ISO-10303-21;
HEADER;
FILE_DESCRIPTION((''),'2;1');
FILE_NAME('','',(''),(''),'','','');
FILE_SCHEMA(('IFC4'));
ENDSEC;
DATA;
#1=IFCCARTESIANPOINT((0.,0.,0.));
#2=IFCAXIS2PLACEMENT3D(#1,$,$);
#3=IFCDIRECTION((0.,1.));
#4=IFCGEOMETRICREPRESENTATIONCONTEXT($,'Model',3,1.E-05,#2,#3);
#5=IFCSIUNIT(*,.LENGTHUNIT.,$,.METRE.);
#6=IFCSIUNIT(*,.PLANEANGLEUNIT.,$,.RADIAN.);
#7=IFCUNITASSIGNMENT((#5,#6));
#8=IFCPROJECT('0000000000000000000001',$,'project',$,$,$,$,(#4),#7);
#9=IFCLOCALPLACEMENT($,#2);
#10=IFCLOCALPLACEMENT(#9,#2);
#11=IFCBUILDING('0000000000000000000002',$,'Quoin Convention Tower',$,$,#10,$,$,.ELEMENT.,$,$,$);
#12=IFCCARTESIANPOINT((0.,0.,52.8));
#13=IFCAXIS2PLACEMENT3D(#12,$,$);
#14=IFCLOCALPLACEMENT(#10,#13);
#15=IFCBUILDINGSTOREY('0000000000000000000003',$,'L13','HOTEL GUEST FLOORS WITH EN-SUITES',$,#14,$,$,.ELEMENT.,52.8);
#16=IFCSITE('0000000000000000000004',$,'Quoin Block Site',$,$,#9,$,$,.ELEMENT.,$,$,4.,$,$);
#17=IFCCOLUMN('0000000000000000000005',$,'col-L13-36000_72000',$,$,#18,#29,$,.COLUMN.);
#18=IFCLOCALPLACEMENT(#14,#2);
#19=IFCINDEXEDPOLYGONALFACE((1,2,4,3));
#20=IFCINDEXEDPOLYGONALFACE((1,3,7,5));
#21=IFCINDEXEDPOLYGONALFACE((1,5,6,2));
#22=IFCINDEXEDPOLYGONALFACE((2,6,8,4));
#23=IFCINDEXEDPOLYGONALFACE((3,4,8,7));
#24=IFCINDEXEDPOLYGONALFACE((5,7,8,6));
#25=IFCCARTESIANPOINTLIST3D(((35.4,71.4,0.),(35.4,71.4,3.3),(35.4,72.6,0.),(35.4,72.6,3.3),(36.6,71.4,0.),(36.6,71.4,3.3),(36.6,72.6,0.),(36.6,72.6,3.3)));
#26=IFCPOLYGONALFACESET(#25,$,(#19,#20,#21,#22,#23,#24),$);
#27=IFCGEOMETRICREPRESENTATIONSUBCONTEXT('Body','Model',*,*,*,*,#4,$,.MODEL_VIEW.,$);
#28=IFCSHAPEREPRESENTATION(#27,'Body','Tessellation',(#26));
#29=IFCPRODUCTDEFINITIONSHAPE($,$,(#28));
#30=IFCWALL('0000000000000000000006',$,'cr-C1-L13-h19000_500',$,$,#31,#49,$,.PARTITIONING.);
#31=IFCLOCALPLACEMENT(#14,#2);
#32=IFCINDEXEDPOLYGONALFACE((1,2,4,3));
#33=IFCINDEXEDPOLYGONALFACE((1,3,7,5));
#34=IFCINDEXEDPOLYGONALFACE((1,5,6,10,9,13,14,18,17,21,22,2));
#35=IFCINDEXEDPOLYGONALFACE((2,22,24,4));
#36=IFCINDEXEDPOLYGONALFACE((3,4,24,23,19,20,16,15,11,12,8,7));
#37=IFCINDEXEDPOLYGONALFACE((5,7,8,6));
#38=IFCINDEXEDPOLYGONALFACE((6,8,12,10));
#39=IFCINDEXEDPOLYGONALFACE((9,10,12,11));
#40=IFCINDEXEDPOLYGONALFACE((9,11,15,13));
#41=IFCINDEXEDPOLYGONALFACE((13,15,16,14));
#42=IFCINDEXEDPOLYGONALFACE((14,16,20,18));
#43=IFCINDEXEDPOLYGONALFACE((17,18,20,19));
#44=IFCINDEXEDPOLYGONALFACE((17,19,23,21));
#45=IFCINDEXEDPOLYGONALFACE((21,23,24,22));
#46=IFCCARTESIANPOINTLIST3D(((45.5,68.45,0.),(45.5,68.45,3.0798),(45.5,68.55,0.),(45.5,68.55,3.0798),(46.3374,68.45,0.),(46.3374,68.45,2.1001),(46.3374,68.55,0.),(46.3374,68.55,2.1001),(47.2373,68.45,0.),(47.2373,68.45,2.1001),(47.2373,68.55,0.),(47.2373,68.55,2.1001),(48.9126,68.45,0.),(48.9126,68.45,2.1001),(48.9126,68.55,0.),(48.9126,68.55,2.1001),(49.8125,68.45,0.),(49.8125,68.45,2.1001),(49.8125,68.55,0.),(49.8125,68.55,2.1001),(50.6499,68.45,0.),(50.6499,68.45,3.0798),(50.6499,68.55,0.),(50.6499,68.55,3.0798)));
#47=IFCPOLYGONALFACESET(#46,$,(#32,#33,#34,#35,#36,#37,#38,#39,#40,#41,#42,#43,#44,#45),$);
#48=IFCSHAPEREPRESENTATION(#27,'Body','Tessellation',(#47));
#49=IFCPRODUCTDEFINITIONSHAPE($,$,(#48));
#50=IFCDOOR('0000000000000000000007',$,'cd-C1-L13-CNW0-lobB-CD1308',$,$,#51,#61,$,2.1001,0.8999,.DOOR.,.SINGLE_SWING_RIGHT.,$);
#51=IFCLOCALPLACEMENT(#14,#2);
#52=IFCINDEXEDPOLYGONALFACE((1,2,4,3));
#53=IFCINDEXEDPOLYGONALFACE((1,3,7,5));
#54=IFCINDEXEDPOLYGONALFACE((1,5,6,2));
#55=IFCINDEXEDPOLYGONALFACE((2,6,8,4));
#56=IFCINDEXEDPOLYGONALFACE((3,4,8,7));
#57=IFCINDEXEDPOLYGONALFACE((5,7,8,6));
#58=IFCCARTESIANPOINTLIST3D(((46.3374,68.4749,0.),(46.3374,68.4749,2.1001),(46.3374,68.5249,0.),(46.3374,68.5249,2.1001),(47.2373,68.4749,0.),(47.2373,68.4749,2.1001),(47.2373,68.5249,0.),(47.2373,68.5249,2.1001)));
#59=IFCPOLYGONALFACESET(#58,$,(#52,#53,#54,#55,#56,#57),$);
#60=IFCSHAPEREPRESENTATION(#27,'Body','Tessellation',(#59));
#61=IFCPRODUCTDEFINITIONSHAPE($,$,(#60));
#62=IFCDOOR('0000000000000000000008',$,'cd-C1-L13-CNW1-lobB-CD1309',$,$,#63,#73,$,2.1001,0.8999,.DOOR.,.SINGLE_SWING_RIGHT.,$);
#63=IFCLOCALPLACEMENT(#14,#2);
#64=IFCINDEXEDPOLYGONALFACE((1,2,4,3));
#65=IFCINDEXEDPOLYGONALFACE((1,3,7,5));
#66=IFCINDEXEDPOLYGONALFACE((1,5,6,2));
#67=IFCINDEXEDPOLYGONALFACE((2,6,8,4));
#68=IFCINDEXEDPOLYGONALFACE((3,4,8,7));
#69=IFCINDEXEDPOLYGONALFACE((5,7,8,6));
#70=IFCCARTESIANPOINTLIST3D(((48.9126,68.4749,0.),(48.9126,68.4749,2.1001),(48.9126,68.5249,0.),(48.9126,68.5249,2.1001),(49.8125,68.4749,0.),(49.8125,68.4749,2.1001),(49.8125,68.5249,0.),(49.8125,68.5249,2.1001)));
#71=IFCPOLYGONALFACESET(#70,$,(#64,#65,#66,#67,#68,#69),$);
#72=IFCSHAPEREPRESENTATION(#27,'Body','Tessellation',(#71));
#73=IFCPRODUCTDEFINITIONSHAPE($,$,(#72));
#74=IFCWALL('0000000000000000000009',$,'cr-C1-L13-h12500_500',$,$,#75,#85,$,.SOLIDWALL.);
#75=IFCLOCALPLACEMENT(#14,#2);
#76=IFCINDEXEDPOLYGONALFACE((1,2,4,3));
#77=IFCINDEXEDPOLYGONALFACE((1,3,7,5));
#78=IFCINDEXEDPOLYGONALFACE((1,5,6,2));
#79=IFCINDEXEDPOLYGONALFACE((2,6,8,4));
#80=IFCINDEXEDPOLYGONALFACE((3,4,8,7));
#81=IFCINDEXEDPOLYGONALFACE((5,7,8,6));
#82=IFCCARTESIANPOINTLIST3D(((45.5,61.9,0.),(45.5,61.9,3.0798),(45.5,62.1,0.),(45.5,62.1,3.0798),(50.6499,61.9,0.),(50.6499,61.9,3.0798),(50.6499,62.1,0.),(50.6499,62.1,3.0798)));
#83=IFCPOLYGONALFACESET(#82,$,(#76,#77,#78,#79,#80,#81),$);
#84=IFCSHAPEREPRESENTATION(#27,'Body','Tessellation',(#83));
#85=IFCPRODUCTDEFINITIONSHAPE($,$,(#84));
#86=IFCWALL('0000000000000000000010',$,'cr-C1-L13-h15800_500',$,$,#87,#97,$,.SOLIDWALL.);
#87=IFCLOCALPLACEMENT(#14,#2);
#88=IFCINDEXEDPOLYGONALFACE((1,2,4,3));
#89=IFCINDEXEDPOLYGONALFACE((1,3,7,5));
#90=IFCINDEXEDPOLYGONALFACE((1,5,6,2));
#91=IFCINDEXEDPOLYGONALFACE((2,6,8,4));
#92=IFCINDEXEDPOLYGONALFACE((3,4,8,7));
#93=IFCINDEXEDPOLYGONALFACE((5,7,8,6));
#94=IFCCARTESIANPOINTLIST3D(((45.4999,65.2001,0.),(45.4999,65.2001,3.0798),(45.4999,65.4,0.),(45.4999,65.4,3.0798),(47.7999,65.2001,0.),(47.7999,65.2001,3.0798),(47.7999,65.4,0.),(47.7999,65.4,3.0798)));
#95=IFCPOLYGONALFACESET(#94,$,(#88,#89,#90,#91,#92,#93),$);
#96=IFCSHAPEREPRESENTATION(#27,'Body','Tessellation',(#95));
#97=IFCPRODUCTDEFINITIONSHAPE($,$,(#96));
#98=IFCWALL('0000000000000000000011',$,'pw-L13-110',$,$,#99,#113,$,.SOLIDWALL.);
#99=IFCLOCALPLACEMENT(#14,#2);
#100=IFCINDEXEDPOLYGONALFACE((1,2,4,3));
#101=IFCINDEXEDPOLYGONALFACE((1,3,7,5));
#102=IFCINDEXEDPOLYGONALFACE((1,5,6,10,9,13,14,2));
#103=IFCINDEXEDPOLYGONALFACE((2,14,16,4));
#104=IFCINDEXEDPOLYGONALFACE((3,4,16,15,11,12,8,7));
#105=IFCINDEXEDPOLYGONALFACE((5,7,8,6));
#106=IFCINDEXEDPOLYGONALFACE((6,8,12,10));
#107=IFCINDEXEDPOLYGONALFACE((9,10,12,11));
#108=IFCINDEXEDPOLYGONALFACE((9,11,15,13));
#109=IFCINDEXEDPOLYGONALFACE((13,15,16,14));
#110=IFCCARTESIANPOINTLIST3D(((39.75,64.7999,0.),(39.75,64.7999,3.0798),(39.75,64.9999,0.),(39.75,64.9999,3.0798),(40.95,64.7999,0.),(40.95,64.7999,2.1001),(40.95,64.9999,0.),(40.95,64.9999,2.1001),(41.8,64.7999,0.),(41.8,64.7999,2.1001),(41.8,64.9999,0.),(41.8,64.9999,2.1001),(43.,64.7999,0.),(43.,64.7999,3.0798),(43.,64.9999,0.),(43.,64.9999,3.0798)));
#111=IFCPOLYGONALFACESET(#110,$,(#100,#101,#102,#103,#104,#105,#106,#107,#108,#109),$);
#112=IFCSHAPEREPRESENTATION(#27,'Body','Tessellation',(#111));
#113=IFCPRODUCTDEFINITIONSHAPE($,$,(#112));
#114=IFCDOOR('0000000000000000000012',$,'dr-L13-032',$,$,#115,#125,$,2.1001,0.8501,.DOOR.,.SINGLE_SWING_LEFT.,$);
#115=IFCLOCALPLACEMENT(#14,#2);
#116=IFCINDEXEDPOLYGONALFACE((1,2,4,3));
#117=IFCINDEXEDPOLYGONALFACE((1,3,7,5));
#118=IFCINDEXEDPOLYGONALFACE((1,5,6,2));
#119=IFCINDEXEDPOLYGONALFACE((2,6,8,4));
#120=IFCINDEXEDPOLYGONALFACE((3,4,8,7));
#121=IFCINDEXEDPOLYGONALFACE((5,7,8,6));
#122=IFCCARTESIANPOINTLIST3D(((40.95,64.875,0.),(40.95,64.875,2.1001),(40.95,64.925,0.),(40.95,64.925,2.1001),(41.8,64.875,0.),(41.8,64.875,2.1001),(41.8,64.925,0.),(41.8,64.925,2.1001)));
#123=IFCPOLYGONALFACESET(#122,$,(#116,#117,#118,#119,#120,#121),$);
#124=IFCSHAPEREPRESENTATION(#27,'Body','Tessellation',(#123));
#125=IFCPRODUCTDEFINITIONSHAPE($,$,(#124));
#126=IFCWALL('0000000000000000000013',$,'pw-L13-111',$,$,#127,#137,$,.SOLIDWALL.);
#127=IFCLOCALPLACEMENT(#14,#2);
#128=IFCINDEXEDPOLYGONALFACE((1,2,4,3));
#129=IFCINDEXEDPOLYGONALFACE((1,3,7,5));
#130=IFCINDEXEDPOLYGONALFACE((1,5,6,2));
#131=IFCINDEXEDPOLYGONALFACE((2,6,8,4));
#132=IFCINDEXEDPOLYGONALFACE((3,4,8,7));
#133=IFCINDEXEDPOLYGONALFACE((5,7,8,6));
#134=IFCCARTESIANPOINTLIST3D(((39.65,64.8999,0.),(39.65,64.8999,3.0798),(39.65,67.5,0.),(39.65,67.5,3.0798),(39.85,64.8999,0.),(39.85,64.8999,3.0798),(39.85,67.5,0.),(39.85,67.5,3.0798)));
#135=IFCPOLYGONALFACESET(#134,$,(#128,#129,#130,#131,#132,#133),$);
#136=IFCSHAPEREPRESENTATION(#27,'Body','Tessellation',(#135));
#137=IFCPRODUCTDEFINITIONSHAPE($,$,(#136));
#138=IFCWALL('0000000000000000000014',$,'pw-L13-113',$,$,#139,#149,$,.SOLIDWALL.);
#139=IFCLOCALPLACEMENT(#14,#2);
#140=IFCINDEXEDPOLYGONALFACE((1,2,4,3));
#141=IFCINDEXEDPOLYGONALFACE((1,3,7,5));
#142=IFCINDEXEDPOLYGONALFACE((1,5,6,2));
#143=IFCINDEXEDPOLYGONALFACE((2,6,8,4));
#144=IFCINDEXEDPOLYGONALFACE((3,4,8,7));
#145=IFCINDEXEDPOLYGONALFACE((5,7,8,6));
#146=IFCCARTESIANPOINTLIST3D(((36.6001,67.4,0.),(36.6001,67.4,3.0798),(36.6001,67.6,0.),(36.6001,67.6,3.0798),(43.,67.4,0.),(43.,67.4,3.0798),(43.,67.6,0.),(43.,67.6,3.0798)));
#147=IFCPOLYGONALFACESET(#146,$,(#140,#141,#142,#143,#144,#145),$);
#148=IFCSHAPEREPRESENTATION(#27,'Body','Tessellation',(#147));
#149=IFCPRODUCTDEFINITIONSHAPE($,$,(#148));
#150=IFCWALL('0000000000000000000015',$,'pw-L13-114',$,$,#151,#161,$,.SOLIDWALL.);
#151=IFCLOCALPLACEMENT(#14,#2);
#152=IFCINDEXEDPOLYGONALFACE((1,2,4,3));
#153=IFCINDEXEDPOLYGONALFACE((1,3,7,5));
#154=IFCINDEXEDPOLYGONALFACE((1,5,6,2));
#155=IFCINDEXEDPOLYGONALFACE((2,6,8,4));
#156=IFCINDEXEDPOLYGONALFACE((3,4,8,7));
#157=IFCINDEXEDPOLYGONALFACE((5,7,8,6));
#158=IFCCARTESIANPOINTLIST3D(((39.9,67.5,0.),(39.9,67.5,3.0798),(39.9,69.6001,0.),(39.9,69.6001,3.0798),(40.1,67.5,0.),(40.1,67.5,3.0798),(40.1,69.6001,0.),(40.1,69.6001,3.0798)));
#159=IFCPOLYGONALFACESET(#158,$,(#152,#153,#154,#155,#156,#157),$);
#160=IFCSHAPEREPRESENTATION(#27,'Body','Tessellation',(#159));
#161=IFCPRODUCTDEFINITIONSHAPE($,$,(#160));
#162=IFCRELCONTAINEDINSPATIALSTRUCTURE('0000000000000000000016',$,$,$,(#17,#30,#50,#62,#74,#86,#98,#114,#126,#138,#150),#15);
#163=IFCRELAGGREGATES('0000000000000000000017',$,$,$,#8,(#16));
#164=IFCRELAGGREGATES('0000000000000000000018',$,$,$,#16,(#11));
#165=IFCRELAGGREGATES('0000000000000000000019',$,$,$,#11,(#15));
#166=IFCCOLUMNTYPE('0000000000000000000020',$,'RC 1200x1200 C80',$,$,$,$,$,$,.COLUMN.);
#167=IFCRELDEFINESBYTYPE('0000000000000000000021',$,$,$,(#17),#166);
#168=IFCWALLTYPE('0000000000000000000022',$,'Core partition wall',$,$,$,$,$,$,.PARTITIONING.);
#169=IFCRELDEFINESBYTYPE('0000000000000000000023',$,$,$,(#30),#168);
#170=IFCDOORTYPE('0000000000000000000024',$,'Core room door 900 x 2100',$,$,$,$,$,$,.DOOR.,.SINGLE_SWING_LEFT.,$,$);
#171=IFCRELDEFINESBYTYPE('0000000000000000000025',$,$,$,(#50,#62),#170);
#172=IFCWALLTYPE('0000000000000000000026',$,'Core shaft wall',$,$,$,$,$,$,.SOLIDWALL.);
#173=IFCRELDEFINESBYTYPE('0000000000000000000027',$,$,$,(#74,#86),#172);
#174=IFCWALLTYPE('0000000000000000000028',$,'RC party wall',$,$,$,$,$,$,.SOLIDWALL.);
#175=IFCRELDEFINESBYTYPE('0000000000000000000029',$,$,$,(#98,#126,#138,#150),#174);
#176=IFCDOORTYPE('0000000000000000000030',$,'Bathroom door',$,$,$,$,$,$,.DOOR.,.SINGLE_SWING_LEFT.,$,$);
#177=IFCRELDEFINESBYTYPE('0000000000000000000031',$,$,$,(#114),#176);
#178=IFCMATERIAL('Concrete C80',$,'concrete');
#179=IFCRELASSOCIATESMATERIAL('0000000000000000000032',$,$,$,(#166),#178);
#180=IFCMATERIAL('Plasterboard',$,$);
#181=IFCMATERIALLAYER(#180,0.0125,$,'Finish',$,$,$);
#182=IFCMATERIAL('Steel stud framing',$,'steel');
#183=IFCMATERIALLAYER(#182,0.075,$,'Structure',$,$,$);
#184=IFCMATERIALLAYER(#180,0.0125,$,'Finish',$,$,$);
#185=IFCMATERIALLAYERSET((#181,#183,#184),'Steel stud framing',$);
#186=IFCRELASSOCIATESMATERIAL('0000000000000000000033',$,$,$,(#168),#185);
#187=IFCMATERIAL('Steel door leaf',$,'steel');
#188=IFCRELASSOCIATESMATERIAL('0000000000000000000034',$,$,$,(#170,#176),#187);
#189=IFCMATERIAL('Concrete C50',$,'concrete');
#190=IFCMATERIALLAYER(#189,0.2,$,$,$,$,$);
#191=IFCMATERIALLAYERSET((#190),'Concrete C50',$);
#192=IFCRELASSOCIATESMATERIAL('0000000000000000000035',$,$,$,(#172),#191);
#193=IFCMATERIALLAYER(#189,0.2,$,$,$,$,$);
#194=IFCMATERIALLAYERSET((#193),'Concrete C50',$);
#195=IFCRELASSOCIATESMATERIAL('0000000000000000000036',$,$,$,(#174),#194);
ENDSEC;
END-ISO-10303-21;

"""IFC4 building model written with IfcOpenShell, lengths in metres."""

from ifc_helpers import new_model, si_unit, direction, frame, frame_2d, origin, origin_2d, place, context, subcontext, project, spatial, rectangle, extrude, material, layer, layer_set, material_profile, profile_set, type_object, element, fill, save


model = new_model("IFC4")

# Units and contexts
model_context = context("Model", 3, precision=1e-05, world=origin(), true_north=direction((0.0, 1.0)))
body_context = subcontext(model_context, "Body", "Model", "MODEL_VIEW")
ifc_project = project(units=[si_unit("LENGTHUNIT", "METRE"), si_unit("PLANEANGLEUNIT", "RADIAN")], contexts=[model_context])

# Site, building, storey
site_placement = place(None, origin())
site = spatial("IfcSite", under=ifc_project, at=site_placement, Name="Quoin Block Site", CompositionType="ELEMENT", RefElevation=4.0)
building_placement = place(site_placement, origin())
building = spatial("IfcBuilding", under=site, at=building_placement, Name="Quoin Convention Tower", CompositionType="ELEMENT")
storey_placement = place(building_placement, frame((0.0, 0.0, 52.8)))
storey = spatial("IfcBuildingStorey", under=building, at=storey_placement, Name="L13", Description="HOTEL GUEST FLOORS WITH EN-SUITES", CompositionType="ELEMENT", Elevation=52.8)

# Column
ifc_material_1 = material(Name="Concrete C80", Category="concrete")
ifc_material_profile = material_profile(ifc_material_1, rectangle(XDim=1.2, YDim=1.2, at=origin_2d()), Name="RC 1200x1200")
ifc_profile_set = profile_set([ifc_material_profile], Name="Concrete C80")
column_type = type_object("IfcColumnType", Name="RC 1200x1200 C80", PredefinedType="COLUMN", material=ifc_profile_set)
column_placement = place(storey_placement, frame((36.0, 72.0, 0.0), z_axis=(0.0, 0.0, 1.0), x_axis=(1.0, 0.0, 0.0)))
element("IfcColumn", 1, at=column_placement, inside=storey, type_object=column_type, Name="col-L13-36000_72000", PredefinedType="COLUMN", context=body_context, shape_type="SweptSolid", body=[
    extrude(rectangle(XDim=1.2, YDim=1.2, at=origin_2d()), origin(), (0.0, 0.0, 1.0), 3.3),
])

# Wall, openings, doors
ifc_material_2 = material(Name="Plasterboard")
ifc_layer_1 = layer(ifc_material_2, 0.0125, Name="Finish")
ifc_material_3 = material(Name="Steel stud framing", Category="steel")
ifc_layer_2 = layer(ifc_material_3, 0.075, Name="Structure")
ifc_layer_3 = layer(ifc_material_2, 0.0125, Name="Finish")
ifc_layer_set_1 = layer_set([ifc_layer_1, ifc_layer_2, ifc_layer_3], Name="Steel stud framing")
wall_type_1 = type_object("IfcWallType", Name="Core partition wall", PredefinedType="PARTITIONING", material=ifc_layer_set_1)
wall_1_placement = place(storey_placement, frame((45.5, 68.5, 0.0), z_axis=(0.0, 0.0, 1.0), x_axis=(1.0, 0.0, 0.0)))
wall_1 = element("IfcWall", 2, at=wall_1_placement, inside=storey, type_object=wall_type_1, Name="cr-C1-L13-h19000_500", PredefinedType="PARTITIONING", context=body_context, shape_type="SweptSolid", body=[
    extrude(rectangle(XDim=5.1499, YDim=0.1001, at=frame_2d((2.575, 0.0))), origin(), (0.0, 0.0, 1.0), 3.0798),
])
opening_1_placement = place(wall_1_placement, frame((0.8374, 0.0, 0.0)))
opening_1 = element("IfcOpeningElement", 3, at=opening_1_placement, cuts=wall_1, PredefinedType="OPENING", context=body_context, shape_type="SweptSolid", body=[
    extrude(rectangle(XDim=0.8999, YDim=2.1001, at=frame_2d((0.45, 1.05))), frame((0.0, 0.0601, 0.0), z_axis=(0.0, -1.0, 0.0), x_axis=(1.0, 0.0, 0.0)), (0.0, 0.0, 1.0), 0.1201),
])
opening_2_placement = place(wall_1_placement, frame((3.4126, 0.0, 0.0)))
opening_2 = element("IfcOpeningElement", 4, at=opening_2_placement, cuts=wall_1, PredefinedType="OPENING", context=body_context, shape_type="SweptSolid", body=[
    extrude(rectangle(XDim=0.8999, YDim=2.1001, at=frame_2d((0.45, 1.05))), frame((0.0, 0.0601, 0.0), z_axis=(0.0, -1.0, 0.0), x_axis=(1.0, 0.0, 0.0)), (0.0, 0.0, 1.0), 0.1201),
])
ifc_material_4 = material(Name="Steel door leaf", Category="steel")
door_type_1 = type_object("IfcDoorType", Name="Core room door 900 x 2100", OperationType="SINGLE_SWING_LEFT", PredefinedType="DOOR", material=ifc_material_4)
door_1_placement = place(opening_1_placement, origin())
door_1 = element("IfcDoor", 5, at=door_1_placement, inside=storey, type_object=door_type_1, Name="cd-C1-L13-CNW0-lobB-CD1308", OperationType="SINGLE_SWING_RIGHT", OverallHeight=2.1001, OverallWidth=0.8999, PredefinedType="DOOR", context=body_context, shape_type="SweptSolid", body=[
    extrude(rectangle(XDim=0.8999, YDim=2.1001, at=frame_2d((0.45, 1.05))), frame((0.0, 0.0249, 0.0), z_axis=(0.0, -1.0, 0.0), x_axis=(1.0, 0.0, 0.0)), (0.0, 0.0, 1.0), 0.05),
])
fill(opening_1, door_1)
door_2_placement = place(opening_2_placement, origin())
door_2 = element("IfcDoor", 6, at=door_2_placement, inside=storey, type_object=door_type_1, Name="cd-C1-L13-CNW1-lobB-CD1309", OperationType="SINGLE_SWING_RIGHT", OverallHeight=2.1001, OverallWidth=0.8999, PredefinedType="DOOR", context=body_context, shape_type="SweptSolid", body=[
    extrude(rectangle(XDim=0.8999, YDim=2.1001, at=frame_2d((0.45, 1.05))), frame((0.0, 0.0249, 0.0), z_axis=(0.0, -1.0, 0.0), x_axis=(1.0, 0.0, 0.0)), (0.0, 0.0, 1.0), 0.05),
])
fill(opening_2, door_2)

# Walls
ifc_material_5 = material(Name="Concrete C50", Category="concrete")
ifc_layer_4 = layer(ifc_material_5, 0.2)
ifc_layer_set_2 = layer_set([ifc_layer_4], Name="Concrete C50")
wall_type_2 = type_object("IfcWallType", Name="Core shaft wall", PredefinedType="SOLIDWALL", material=ifc_layer_set_2)
wall_2_placement = place(storey_placement, frame((45.5, 62.0, 0.0), z_axis=(0.0, 0.0, 1.0), x_axis=(1.0, 0.0, 0.0)))
element("IfcWall", 7, at=wall_2_placement, inside=storey, type_object=wall_type_2, Name="cr-C1-L13-h12500_500", PredefinedType="SOLIDWALL", context=body_context, shape_type="SweptSolid", body=[
    extrude(rectangle(XDim=5.1499, YDim=0.2, at=frame_2d((2.575, 0.0))), origin(), (0.0, 0.0, 1.0), 3.0798),
])
wall_3_placement = place(storey_placement, frame((45.5, 65.3, 0.0), z_axis=(0.0, 0.0, 1.0), x_axis=(1.0, 0.0, 0.0)))
element("IfcWall", 8, at=wall_3_placement, inside=storey, type_object=wall_type_2, Name="cr-C1-L13-h15800_500", PredefinedType="SOLIDWALL", context=body_context, shape_type="SweptSolid", body=[
    extrude(rectangle(XDim=2.3, YDim=0.2, at=frame_2d((1.1499, 0.0))), origin(), (0.0, 0.0, 1.0), 3.0798),
])

# Wall, opening, door
ifc_layer_5 = layer(ifc_material_5, 0.2)
ifc_layer_set_3 = layer_set([ifc_layer_5], Name="Concrete C50")
wall_type_3 = type_object("IfcWallType", Name="RC party wall", PredefinedType="SOLIDWALL", material=ifc_layer_set_3)
wall_4_placement = place(storey_placement, frame((39.75, 64.8999, 0.0), z_axis=(0.0, 0.0, 1.0), x_axis=(1.0, 0.0, 0.0)))
wall_4 = element("IfcWall", 9, at=wall_4_placement, inside=storey, type_object=wall_type_3, Name="pw-L13-110", PredefinedType="SOLIDWALL", context=body_context, shape_type="SweptSolid", body=[
    extrude(rectangle(XDim=3.25, YDim=0.2, at=frame_2d((1.625, 0.0))), origin(), (0.0, 0.0, 1.0), 3.0798),
])
opening_3_placement = place(wall_4_placement, frame((1.2, 0.0, 0.0)))
opening_3 = element("IfcOpeningElement", 10, at=opening_3_placement, cuts=wall_4, PredefinedType="OPENING", context=body_context, shape_type="SweptSolid", body=[
    extrude(rectangle(XDim=0.8501, YDim=2.1001, at=frame_2d((0.425, 1.05))), frame((0.0, 0.1099, 0.0), z_axis=(0.0, -1.0, 0.0), x_axis=(1.0, 0.0, 0.0)), (0.0, 0.0, 1.0), 0.22),
])
door_type_2 = type_object("IfcDoorType", Name="Bathroom door", OperationType="SINGLE_SWING_LEFT", PredefinedType="DOOR", material=ifc_material_4)
door_3_placement = place(opening_3_placement, frame((0.8501, 0.0, 0.0), z_axis=(0.0, 0.0, 1.0), x_axis=(-1.0, 0.0, 0.0)))
door_3 = element("IfcDoor", 11, at=door_3_placement, inside=storey, type_object=door_type_2, Name="dr-L13-032", OperationType="SINGLE_SWING_LEFT", OverallHeight=2.1001, OverallWidth=0.8501, PredefinedType="DOOR", context=body_context, shape_type="SweptSolid", body=[
    extrude(rectangle(XDim=0.8501, YDim=2.1001, at=frame_2d((0.425, 1.05))), frame((0.0, 0.0249, 0.0), z_axis=(0.0, -1.0, 0.0), x_axis=(1.0, 0.0, 0.0)), (0.0, 0.0, 1.0), 0.05),
])
fill(opening_3, door_3)

# Walls
wall_5_placement = place(storey_placement, frame((39.75, 64.8999, 0.0), z_axis=(0.0, 0.0, 1.0), x_axis=(0.0, 1.0, 0.0)))
element("IfcWall", 12, at=wall_5_placement, inside=storey, type_object=wall_type_3, Name="pw-L13-111", PredefinedType="SOLIDWALL", context=body_context, shape_type="SweptSolid", body=[
    extrude(rectangle(XDim=2.6001, YDim=0.2, at=frame_2d((1.3, 0.0))), origin(), (0.0, 0.0, 1.0), 3.0798),
])
wall_6_placement = place(storey_placement, frame((36.6001, 67.5, 0.0), z_axis=(0.0, 0.0, 1.0), x_axis=(1.0, 0.0, 0.0)))
element("IfcWall", 13, at=wall_6_placement, inside=storey, type_object=wall_type_3, Name="pw-L13-113", PredefinedType="SOLIDWALL", context=body_context, shape_type="SweptSolid", body=[
    extrude(rectangle(XDim=6.3999, YDim=0.2, at=frame_2d((3.2, 0.0))), origin(), (0.0, 0.0, 1.0), 3.0798),
])
wall_7_placement = place(storey_placement, frame((40.0, 67.5, 0.0), z_axis=(0.0, 0.0, 1.0), x_axis=(0.0, 1.0, 0.0)))
element("IfcWall", 14, at=wall_7_placement, inside=storey, type_object=wall_type_3, Name="pw-L13-114", PredefinedType="SOLIDWALL", context=body_context, shape_type="SweptSolid", body=[
    extrude(rectangle(XDim=2.1001, YDim=0.2, at=frame_2d((1.05, 0.0))), origin(), (0.0, 0.0, 1.0), 3.0798),
])

save(model, "model.ifc")
